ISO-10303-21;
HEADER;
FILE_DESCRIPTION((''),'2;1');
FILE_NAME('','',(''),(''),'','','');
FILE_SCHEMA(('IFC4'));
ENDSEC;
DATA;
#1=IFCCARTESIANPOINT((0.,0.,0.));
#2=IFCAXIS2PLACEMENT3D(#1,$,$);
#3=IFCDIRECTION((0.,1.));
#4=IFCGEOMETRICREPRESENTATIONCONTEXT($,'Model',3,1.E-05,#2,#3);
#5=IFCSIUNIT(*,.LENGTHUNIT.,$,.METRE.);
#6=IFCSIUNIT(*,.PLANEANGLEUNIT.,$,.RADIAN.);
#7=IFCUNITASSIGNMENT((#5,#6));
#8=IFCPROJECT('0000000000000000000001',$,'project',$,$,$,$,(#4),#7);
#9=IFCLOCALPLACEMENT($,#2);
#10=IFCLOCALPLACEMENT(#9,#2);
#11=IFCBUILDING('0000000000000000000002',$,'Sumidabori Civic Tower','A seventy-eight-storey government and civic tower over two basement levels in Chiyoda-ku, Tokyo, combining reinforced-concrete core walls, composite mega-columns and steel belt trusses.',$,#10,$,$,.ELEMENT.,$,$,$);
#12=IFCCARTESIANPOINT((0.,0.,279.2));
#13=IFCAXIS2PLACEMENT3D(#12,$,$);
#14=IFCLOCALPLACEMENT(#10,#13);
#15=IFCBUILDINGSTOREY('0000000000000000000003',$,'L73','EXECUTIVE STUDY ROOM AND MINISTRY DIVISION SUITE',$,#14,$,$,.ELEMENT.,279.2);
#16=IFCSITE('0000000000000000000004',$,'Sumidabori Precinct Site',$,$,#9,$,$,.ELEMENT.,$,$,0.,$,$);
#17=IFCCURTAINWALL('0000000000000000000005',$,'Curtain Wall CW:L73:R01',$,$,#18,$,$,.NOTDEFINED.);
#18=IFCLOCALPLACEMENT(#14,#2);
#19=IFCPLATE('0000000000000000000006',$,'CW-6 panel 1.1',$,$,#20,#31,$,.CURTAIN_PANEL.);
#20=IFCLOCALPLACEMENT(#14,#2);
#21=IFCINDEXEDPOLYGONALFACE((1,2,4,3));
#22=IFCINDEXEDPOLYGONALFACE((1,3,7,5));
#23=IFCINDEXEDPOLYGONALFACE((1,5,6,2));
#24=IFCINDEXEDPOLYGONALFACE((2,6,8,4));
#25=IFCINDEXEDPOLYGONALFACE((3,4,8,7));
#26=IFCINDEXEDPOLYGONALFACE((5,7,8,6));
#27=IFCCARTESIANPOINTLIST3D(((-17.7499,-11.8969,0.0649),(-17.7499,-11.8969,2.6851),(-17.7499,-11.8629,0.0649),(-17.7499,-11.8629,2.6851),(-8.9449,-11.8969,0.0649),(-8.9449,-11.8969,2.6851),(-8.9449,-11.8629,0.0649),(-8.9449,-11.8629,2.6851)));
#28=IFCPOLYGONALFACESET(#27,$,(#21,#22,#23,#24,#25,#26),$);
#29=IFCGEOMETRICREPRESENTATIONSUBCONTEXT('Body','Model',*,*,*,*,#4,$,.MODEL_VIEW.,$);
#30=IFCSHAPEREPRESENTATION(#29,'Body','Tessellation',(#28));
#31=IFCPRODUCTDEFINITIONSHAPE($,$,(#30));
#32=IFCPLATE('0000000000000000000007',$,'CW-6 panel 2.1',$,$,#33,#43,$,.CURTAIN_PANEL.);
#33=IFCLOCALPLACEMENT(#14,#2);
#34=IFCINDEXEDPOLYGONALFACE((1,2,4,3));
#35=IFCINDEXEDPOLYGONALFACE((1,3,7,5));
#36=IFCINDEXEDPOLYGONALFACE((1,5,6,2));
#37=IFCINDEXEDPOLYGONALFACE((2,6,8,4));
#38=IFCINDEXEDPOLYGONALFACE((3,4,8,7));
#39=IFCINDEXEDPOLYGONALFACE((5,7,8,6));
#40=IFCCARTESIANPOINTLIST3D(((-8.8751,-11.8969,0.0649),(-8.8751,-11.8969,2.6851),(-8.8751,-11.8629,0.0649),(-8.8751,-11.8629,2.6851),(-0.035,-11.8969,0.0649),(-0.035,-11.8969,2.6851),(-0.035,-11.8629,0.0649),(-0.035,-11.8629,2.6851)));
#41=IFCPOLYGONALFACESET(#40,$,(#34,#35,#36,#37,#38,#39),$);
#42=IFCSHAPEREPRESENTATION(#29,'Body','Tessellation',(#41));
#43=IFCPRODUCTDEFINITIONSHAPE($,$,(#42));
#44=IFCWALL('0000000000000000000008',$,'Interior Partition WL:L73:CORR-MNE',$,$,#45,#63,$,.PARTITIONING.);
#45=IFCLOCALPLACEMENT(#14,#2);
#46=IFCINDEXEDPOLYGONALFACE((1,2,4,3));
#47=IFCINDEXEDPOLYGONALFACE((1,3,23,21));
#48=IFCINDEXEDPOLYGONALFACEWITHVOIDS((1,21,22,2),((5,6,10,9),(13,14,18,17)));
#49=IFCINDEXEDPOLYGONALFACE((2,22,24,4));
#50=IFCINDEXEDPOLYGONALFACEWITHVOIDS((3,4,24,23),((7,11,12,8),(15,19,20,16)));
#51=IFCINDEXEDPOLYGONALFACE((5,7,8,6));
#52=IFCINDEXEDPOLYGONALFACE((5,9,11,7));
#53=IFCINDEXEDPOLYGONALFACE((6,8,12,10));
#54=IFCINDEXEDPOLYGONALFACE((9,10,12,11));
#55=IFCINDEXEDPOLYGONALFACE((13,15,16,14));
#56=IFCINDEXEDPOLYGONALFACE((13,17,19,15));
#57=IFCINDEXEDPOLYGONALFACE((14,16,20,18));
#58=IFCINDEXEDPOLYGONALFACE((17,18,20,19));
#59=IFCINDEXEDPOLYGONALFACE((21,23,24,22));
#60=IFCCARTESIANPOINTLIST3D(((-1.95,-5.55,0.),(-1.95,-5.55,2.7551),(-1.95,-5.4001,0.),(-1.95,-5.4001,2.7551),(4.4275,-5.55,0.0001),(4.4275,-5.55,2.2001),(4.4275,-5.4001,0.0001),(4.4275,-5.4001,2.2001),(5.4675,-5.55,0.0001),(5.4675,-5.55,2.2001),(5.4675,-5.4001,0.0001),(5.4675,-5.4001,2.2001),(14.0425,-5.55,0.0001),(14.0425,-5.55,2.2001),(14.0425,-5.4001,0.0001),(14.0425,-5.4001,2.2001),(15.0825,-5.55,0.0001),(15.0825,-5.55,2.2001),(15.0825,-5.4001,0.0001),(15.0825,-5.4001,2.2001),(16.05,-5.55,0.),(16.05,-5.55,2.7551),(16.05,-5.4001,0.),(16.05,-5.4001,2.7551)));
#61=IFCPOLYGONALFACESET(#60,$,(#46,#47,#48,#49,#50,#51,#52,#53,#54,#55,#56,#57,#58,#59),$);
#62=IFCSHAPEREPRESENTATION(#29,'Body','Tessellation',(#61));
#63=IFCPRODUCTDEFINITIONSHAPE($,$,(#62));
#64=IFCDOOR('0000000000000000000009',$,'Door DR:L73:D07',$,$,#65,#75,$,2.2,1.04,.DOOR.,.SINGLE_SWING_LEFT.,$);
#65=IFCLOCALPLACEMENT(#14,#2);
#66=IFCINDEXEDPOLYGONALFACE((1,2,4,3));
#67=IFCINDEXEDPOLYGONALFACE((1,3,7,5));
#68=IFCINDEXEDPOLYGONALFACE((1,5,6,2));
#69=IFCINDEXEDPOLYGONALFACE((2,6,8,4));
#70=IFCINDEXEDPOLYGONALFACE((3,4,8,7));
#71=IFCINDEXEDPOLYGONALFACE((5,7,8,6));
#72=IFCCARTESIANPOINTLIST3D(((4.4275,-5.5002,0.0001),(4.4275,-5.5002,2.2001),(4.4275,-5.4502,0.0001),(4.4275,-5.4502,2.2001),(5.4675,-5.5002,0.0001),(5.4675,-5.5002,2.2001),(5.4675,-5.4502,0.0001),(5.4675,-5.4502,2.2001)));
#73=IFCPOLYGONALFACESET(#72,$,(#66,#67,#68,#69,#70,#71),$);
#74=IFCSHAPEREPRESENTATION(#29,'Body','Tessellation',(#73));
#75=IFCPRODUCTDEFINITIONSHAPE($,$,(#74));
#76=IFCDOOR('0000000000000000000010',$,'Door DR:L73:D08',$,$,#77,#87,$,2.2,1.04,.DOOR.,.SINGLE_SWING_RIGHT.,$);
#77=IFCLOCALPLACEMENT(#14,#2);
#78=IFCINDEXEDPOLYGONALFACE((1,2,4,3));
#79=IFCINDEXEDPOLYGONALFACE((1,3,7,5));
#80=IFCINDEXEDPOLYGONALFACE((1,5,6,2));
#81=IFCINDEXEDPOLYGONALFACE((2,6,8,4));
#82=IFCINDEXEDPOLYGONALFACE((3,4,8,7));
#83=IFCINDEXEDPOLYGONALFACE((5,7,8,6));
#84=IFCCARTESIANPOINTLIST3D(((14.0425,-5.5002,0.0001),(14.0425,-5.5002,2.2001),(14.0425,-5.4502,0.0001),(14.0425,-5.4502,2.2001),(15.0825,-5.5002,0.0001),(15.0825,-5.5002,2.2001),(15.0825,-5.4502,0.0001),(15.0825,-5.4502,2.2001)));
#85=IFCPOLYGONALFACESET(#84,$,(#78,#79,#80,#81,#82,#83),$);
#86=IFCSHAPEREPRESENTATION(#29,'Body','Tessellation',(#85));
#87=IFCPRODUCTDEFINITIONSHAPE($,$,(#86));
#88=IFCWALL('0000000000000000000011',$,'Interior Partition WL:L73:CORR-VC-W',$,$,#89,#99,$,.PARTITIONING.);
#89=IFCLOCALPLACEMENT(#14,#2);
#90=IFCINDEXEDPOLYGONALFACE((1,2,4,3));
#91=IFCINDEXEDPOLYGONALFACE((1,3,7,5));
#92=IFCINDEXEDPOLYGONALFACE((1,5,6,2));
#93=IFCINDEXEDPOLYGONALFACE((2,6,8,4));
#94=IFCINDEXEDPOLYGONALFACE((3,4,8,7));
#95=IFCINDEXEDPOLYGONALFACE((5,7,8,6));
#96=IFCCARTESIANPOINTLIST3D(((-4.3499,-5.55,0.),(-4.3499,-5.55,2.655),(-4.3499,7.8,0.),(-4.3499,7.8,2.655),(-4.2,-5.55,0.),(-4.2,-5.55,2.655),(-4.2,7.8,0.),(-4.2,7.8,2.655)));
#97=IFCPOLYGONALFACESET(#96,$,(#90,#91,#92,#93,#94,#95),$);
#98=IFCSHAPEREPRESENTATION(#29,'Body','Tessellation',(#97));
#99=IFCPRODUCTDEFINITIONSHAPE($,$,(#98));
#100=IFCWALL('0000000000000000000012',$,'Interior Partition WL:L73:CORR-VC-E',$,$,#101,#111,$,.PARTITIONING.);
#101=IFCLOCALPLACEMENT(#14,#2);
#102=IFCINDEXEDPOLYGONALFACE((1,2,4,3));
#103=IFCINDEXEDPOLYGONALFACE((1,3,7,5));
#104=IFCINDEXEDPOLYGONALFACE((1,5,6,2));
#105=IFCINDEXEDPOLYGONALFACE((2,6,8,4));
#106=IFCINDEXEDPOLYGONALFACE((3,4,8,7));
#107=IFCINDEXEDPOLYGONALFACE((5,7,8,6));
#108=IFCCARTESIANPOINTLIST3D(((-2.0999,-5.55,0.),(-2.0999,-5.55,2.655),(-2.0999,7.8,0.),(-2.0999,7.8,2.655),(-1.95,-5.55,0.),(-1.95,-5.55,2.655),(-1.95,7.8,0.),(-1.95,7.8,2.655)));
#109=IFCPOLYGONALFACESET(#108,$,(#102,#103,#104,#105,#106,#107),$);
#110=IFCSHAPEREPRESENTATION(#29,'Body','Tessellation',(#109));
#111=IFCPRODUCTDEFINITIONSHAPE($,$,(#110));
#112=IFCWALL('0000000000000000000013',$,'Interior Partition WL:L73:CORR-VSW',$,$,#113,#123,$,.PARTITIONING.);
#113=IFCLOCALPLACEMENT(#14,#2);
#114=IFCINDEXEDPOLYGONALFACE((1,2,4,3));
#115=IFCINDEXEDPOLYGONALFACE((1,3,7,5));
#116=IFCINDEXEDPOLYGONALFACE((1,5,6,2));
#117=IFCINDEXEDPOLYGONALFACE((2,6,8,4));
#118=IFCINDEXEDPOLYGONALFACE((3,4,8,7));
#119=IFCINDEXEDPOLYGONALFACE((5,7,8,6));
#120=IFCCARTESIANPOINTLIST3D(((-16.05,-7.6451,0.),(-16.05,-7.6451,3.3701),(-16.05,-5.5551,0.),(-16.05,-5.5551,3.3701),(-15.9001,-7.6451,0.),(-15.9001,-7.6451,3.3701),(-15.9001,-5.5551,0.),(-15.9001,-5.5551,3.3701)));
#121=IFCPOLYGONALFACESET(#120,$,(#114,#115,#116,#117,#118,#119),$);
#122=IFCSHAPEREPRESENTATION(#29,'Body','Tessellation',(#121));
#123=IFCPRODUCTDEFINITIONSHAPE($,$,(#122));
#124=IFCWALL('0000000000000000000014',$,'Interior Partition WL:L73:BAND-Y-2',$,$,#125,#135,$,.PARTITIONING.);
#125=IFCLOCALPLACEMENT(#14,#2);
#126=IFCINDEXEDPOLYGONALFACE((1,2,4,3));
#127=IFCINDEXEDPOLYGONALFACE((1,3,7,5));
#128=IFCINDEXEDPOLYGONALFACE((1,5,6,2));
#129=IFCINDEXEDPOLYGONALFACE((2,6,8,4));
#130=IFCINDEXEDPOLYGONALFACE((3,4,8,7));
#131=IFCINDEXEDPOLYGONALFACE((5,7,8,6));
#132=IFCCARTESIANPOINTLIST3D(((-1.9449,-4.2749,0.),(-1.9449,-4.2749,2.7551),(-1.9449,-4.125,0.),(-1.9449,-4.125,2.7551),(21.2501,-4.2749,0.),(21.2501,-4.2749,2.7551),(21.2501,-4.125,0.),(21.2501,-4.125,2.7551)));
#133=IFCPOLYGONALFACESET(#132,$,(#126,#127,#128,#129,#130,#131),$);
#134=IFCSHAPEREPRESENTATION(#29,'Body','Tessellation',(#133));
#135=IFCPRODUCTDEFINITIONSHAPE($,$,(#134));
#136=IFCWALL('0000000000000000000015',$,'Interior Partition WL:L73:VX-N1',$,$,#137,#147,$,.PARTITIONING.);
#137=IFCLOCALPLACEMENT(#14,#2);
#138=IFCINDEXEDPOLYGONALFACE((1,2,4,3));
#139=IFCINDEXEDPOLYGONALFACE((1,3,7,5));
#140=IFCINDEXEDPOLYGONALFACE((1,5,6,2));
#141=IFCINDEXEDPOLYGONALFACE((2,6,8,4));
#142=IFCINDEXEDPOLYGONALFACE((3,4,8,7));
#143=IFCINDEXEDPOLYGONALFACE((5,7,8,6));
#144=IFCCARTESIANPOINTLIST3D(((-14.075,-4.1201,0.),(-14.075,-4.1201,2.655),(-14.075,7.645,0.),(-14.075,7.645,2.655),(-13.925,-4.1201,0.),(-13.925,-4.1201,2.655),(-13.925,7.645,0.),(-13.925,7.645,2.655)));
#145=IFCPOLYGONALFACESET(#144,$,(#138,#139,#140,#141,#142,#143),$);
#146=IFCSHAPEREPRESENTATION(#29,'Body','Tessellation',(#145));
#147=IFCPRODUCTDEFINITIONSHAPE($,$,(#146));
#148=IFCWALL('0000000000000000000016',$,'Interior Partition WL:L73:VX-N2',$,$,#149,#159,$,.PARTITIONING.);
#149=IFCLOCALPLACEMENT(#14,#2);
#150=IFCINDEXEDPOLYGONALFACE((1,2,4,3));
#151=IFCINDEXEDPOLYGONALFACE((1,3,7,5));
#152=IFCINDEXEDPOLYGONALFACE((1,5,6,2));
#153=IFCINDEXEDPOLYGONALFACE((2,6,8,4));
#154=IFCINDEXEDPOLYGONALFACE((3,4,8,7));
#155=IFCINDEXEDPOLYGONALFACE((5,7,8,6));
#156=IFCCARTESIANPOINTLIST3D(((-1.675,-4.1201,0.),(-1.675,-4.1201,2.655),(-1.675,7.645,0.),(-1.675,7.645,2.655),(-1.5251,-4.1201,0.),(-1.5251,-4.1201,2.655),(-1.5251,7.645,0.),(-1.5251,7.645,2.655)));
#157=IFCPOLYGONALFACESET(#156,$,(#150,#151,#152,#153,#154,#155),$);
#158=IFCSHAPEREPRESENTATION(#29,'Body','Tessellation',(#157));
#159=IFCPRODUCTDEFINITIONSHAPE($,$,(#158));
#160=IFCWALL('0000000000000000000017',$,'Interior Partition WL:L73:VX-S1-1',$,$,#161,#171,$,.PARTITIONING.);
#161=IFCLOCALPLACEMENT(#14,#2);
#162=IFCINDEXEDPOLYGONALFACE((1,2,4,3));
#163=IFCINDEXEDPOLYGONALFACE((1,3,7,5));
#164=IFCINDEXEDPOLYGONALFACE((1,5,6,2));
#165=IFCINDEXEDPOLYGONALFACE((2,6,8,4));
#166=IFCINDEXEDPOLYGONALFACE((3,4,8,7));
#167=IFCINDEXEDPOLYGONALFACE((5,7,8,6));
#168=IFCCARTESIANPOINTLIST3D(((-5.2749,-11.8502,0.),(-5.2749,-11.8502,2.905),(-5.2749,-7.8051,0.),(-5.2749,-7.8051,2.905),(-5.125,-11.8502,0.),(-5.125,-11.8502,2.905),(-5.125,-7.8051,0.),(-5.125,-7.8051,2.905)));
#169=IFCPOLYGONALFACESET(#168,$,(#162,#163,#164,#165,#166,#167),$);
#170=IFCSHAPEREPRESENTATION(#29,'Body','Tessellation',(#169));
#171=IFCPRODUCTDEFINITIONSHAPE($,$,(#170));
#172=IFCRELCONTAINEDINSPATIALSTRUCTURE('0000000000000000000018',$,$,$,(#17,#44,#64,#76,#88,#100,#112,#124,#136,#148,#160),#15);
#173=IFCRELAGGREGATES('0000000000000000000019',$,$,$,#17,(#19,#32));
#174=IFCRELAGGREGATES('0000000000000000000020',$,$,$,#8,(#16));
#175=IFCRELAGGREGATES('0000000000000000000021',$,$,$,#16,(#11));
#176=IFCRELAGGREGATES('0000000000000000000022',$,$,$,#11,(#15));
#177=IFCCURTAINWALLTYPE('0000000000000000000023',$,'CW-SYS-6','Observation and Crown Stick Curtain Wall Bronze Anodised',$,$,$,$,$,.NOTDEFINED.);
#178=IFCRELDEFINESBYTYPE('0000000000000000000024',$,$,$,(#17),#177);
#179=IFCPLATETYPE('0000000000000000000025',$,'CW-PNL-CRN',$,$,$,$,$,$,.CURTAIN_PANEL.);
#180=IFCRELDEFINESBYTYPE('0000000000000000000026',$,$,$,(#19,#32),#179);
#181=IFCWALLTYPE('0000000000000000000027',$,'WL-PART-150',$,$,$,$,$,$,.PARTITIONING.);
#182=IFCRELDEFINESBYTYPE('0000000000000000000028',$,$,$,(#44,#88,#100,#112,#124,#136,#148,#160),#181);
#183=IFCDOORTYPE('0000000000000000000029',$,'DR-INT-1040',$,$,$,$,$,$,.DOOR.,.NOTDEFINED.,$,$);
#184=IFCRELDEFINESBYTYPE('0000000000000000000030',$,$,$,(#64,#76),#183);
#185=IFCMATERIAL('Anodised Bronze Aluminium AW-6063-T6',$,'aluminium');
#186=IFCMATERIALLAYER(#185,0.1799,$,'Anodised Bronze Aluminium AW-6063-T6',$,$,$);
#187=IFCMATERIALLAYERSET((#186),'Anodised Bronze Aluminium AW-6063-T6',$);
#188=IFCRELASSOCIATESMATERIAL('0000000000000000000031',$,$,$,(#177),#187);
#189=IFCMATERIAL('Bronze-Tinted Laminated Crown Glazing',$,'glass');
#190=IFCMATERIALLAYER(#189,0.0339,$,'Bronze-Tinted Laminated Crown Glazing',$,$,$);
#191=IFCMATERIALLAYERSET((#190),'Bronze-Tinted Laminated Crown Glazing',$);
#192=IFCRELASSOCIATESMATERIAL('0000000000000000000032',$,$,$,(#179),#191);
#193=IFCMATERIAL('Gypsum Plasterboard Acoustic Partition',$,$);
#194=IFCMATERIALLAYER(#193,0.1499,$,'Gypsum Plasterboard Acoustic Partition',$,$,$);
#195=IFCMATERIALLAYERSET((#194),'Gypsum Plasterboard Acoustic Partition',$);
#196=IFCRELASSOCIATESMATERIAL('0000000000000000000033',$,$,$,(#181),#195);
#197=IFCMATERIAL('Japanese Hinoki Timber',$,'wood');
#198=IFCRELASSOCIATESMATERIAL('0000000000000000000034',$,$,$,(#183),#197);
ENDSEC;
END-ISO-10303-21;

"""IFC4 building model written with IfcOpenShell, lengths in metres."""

from ifc_helpers import new_model, si_unit, direction, frame, frame_2d, origin, origin_2d, place, context, subcontext, project, spatial, rectangle, extrude, source, transform, mapped, material, layer, layer_set, type_object, element, fill, aggregate, save


model = new_model("IFC4")

# Units and contexts
model_context = context("Model", 3, precision=1e-05, world=origin(), true_north=direction((0.0, 1.0)))
body_context = subcontext(model_context, "Body", "Model", "MODEL_VIEW")
ifc_project = project(units=[si_unit("LENGTHUNIT", "METRE"), si_unit("PLANEANGLEUNIT", "RADIAN")], contexts=[model_context])

# Site, building, storey
site_placement = place(None, origin())
site = spatial("IfcSite", under=ifc_project, at=site_placement, Name="Sumidabori Precinct Site", CompositionType="ELEMENT", RefElevation=0.0)
building_placement = place(site_placement, origin())
building = spatial("IfcBuilding", under=site, at=building_placement, Name="Sumidabori Civic Tower", Description="A seventy-eight-storey government and civic tower over two basement levels in Chiyoda-ku, Tokyo, combining reinforced-concrete core walls, composite mega-columns and steel belt trusses.", CompositionType="ELEMENT")
storey_placement = place(building_placement, frame((0.0, 0.0, 279.2)))
storey = spatial("IfcBuildingStorey", under=building, at=storey_placement, Name="L73", Description="EXECUTIVE STUDY ROOM AND MINISTRY DIVISION SUITE", CompositionType="ELEMENT", Elevation=279.2)

# Curtain wall
ifc_material_1 = material(Name="Anodised Bronze Aluminium AW-6063-T6", Category="aluminium")
ifc_layer_1 = layer(ifc_material_1, 0.1799, Name="Anodised Bronze Aluminium AW-6063-T6")
ifc_layer_set_1 = layer_set([ifc_layer_1], Name="Anodised Bronze Aluminium AW-6063-T6")
curtain_wall_type = type_object("IfcCurtainWallType", Name="CW-SYS-6", Description="Observation and Crown Stick Curtain Wall Bronze Anodised", PredefinedType="NOTDEFINED", material=ifc_layer_set_1)
curtain_wall_placement = place(storey_placement, origin())
curtain_wall = element("IfcCurtainWall", 1, at=curtain_wall_placement, inside=storey, type_object=curtain_wall_type, Name="Curtain Wall CW:L73:R01", PredefinedType="NOTDEFINED")

# Plates
ifc_material_2 = material(Name="Bronze-Tinted Laminated Crown Glazing", Category="glass")
ifc_layer_2 = layer(ifc_material_2, 0.0339, Name="Bronze-Tinted Laminated Crown Glazing")
ifc_layer_set_2 = layer_set([ifc_layer_2], Name="Bronze-Tinted Laminated Crown Glazing")
plate_type = type_object("IfcPlateType", Name="CW-PNL-CRN", PredefinedType="CURTAIN_PANEL", material=ifc_layer_set_2)
shared_shape_1 = source(origin(), body_context, "Body", "SweptSolid", [
    extrude(rectangle(XDim=8.8049, YDim=0.0339, at=origin_2d()), origin(), (0.0, 0.0, 1.0), 2.6201),
])
plate_1_placement = place(storey_placement, frame((-13.3474, -11.8799, 0.0649), z_axis=(0.0, 0.0, 1.0), x_axis=(1.0, 0.0, 0.0)))
plate_1 = element("IfcPlate", 2, at=plate_1_placement, type_object=plate_type, Name="CW-6 panel 1.1", PredefinedType="CURTAIN_PANEL", context=body_context, shape_type="MappedRepresentation", body=[
    mapped(shared_shape_1, transform((0.0, 0.0, 0.0), x_axis=(1.0, 0.0, 0.0), y_axis=(0.0, 1.0, 0.0), z_axis=(0.0, 0.0, 1.0), scale=1.0)),
])
shared_shape_2 = source(origin(), body_context, "Body", "SweptSolid", [
    extrude(rectangle(XDim=8.8401, YDim=0.0339, at=origin_2d()), origin(), (0.0, 0.0, 1.0), 2.6201),
])
plate_2_placement = place(storey_placement, frame((-4.4551, -11.8799, 0.0649), z_axis=(0.0, 0.0, 1.0), x_axis=(1.0, 0.0, 0.0)))
plate_2 = element("IfcPlate", 3, at=plate_2_placement, type_object=plate_type, Name="CW-6 panel 2.1", PredefinedType="CURTAIN_PANEL", context=body_context, shape_type="MappedRepresentation", body=[
    mapped(shared_shape_2, transform((0.0, 0.0, 0.0), x_axis=(1.0, 0.0, 0.0), y_axis=(0.0, 1.0, 0.0), z_axis=(0.0, 0.0, 1.0), scale=1.0)),
])
aggregate(curtain_wall, [plate_1, plate_2])

# Wall, openings, doors
ifc_material_3 = material(Name="Gypsum Plasterboard Acoustic Partition")
ifc_layer_3 = layer(ifc_material_3, 0.1499, Name="Gypsum Plasterboard Acoustic Partition")
ifc_layer_set_3 = layer_set([ifc_layer_3], Name="Gypsum Plasterboard Acoustic Partition")
wall_type = type_object("IfcWallType", Name="WL-PART-150", PredefinedType="PARTITIONING", material=ifc_layer_set_3)
shared_shape_3 = source(origin(), body_context, "Body", "SweptSolid", [
    extrude(rectangle(XDim=18.0, YDim=0.1499, at=frame_2d((9.0, 0.0))), origin(), (0.0, 0.0, 1.0), 2.7551),
])
wall_1_placement = place(storey_placement, frame((-1.95, -5.4751, 0.0), z_axis=(0.0, 0.0, 1.0), x_axis=(1.0, 0.0, 0.0)))
wall_1 = element("IfcWall", 4, at=wall_1_placement, inside=storey, type_object=wall_type, Name="Interior Partition WL:L73:CORR-MNE", PredefinedType="PARTITIONING", context=body_context, shape_type="MappedRepresentation", body=[
    mapped(shared_shape_3, transform((0.0, 0.0, 0.0), x_axis=(1.0, 0.0, 0.0), y_axis=(0.0, 1.0, 0.0), z_axis=(0.0, 0.0, 1.0), scale=1.0)),
])
opening_1_placement = place(wall_1_placement, frame((6.3774, 0.0, 0.0)))
opening_1 = element("IfcOpeningElement", 5, at=opening_1_placement, cuts=wall_1, PredefinedType="OPENING", context=body_context, shape_type="SweptSolid", body=[
    extrude(rectangle(XDim=1.04, YDim=2.2, at=frame_2d((0.52, 1.1001))), frame((0.0, 0.0869, 0.0), z_axis=(0.0, -1.0, 0.0), x_axis=(1.0, 0.0, 0.0)), (0.0, 0.0, 1.0), 0.1738),
])
opening_2_placement = place(wall_1_placement, frame((15.9924, 0.0, 0.0)))
opening_2 = element("IfcOpeningElement", 6, at=opening_2_placement, cuts=wall_1, PredefinedType="OPENING", context=body_context, shape_type="SweptSolid", body=[
    extrude(rectangle(XDim=1.04, YDim=2.2, at=frame_2d((0.52, 1.1001))), frame((0.0, 0.0869, 0.0), z_axis=(0.0, -1.0, 0.0), x_axis=(1.0, 0.0, 0.0)), (0.0, 0.0, 1.0), 0.1738),
])
ifc_material_4 = material(Name="Japanese Hinoki Timber", Category="wood")
door_type = type_object("IfcDoorType", Name="DR-INT-1040", OperationType="NOTDEFINED", PredefinedType="DOOR", material=ifc_material_4)
shared_shape_4 = source(origin(), body_context, "Body", "SweptSolid", [
    extrude(rectangle(XDim=1.04, YDim=2.2, at=frame_2d((0.52, 1.1001))), frame((0.0, 0.0249, 0.0), z_axis=(0.0, -1.0, 0.0), x_axis=(1.0, 0.0, 0.0)), (0.0, 0.0, 1.0), 0.05),
])
door_1_placement = place(opening_1_placement, origin())
door_1 = element("IfcDoor", 7, at=door_1_placement, inside=storey, type_object=door_type, Name="Door DR:L73:D07", OperationType="SINGLE_SWING_LEFT", OverallHeight=2.2, OverallWidth=1.04, PredefinedType="DOOR", context=body_context, shape_type="MappedRepresentation", body=[
    mapped(shared_shape_4, transform((0.0, 0.0, 0.0), x_axis=(1.0, 0.0, 0.0), y_axis=(0.0, 1.0, 0.0), z_axis=(0.0, 0.0, 1.0), scale=1.0)),
])
fill(opening_1, door_1)
door_2_placement = place(opening_2_placement, origin())
door_2 = element("IfcDoor", 8, at=door_2_placement, inside=storey, type_object=door_type, Name="Door DR:L73:D08", OperationType="SINGLE_SWING_RIGHT", OverallHeight=2.2, OverallWidth=1.04, PredefinedType="DOOR", context=body_context, shape_type="MappedRepresentation", body=[
    mapped(shared_shape_4, transform((0.0, 0.0, 0.0), x_axis=(1.0, 0.0, 0.0), y_axis=(0.0, 1.0, 0.0), z_axis=(0.0, 0.0, 1.0), scale=1.0)),
])
fill(opening_2, door_2)

# Walls
shared_shape_5 = source(origin(), body_context, "Body", "SweptSolid", [
    extrude(rectangle(XDim=13.3501, YDim=0.1499, at=frame_2d((6.675, 0.0))), origin(), (0.0, 0.0, 1.0), 2.655),
])
for number, where, z_axis, x_axis, name in (
    (9, (-4.2749, -5.55, 0.0), (0.0, 0.0, 1.0), (0.0, 1.0, 0.0), "Interior Partition WL:L73:CORR-VC-W"),
    (10, (-2.0249, -5.55, 0.0), (0.0, 0.0, 1.0), (0.0, 1.0, 0.0), "Interior Partition WL:L73:CORR-VC-E"),
):
    element("IfcWall", number, at=place(storey_placement, frame(where, z_axis=z_axis, x_axis=x_axis)), inside=storey, type_object=wall_type, Name=name, PredefinedType="PARTITIONING", context=body_context, shape_type="MappedRepresentation", body=[
        mapped(shared_shape_5, transform((0.0, 0.0, 0.0), x_axis=(1.0, 0.0, 0.0), y_axis=(0.0, 1.0, 0.0), z_axis=(0.0, 0.0, 1.0), scale=1.0)),
    ])
shared_shape_6 = source(origin(), body_context, "Body", "SweptSolid", [
    extrude(rectangle(XDim=2.0901, YDim=0.1499, at=frame_2d((1.0449, 0.0))), origin(), (0.0, 0.0, 1.0), 3.3701),
])
wall_2_placement = place(storey_placement, frame((-15.9751, -7.645, 0.0), z_axis=(0.0, 0.0, 1.0), x_axis=(0.0, 1.0, 0.0)))
element("IfcWall", 11, at=wall_2_placement, inside=storey, type_object=wall_type, Name="Interior Partition WL:L73:CORR-VSW", PredefinedType="PARTITIONING", context=body_context, shape_type="MappedRepresentation", body=[
    mapped(shared_shape_6, transform((0.0, 0.0, 0.0), x_axis=(1.0, 0.0, 0.0), y_axis=(0.0, 1.0, 0.0), z_axis=(0.0, 0.0, 1.0), scale=1.0)),
])
shared_shape_7 = source(origin(), body_context, "Body", "SweptSolid", [
    extrude(rectangle(XDim=23.1951, YDim=0.1499, at=frame_2d((11.5977, 0.0))), origin(), (0.0, 0.0, 1.0), 2.7551),
])
wall_3_placement = place(storey_placement, frame((-1.9451, -4.2, 0.0), z_axis=(0.0, 0.0, 1.0), x_axis=(1.0, 0.0, 0.0)))
element("IfcWall", 12, at=wall_3_placement, inside=storey, type_object=wall_type, Name="Interior Partition WL:L73:BAND-Y-2", PredefinedType="PARTITIONING", context=body_context, shape_type="MappedRepresentation", body=[
    mapped(shared_shape_7, transform((0.0, 0.0, 0.0), x_axis=(1.0, 0.0, 0.0), y_axis=(0.0, 1.0, 0.0), z_axis=(0.0, 0.0, 1.0), scale=1.0)),
])
shared_shape_8 = source(origin(), body_context, "Body", "SweptSolid", [
    extrude(rectangle(XDim=11.7651, YDim=0.1499, at=frame_2d((5.8826, 0.0))), origin(), (0.0, 0.0, 1.0), 2.655),
])
for number, where, z_axis, x_axis, name in (
    (13, (-14.0, -4.1201, 0.0), (0.0, 0.0, 1.0), (0.0, 1.0, 0.0), "Interior Partition WL:L73:VX-N1"),
    (14, (-1.6001, -4.1201, 0.0), (0.0, 0.0, 1.0), (0.0, 1.0, 0.0), "Interior Partition WL:L73:VX-N2"),
):
    element("IfcWall", number, at=place(storey_placement, frame(where, z_axis=z_axis, x_axis=x_axis)), inside=storey, type_object=wall_type, Name=name, PredefinedType="PARTITIONING", context=body_context, shape_type="MappedRepresentation", body=[
        mapped(shared_shape_8, transform((0.0, 0.0, 0.0), x_axis=(1.0, 0.0, 0.0), y_axis=(0.0, 1.0, 0.0), z_axis=(0.0, 0.0, 1.0), scale=1.0)),
    ])
shared_shape_9 = source(origin(), body_context, "Body", "SweptSolid", [
    extrude(rectangle(XDim=4.0452, YDim=0.1499, at=frame_2d((2.0225, 0.0))), origin(), (0.0, 0.0, 1.0), 2.905),
])
wall_4_placement = place(storey_placement, frame((-5.2, -11.8501, 0.0), z_axis=(0.0, 0.0, 1.0), x_axis=(0.0, 1.0, 0.0)))
element("IfcWall", 15, at=wall_4_placement, inside=storey, type_object=wall_type, Name="Interior Partition WL:L73:VX-S1-1", PredefinedType="PARTITIONING", context=body_context, shape_type="MappedRepresentation", body=[
    mapped(shared_shape_9, transform((0.0, 0.0, 0.0), x_axis=(1.0, 0.0, 0.0), y_axis=(0.0, 1.0, 0.0), z_axis=(0.0, 0.0, 1.0), scale=1.0)),
])

save(model, "model.ifc")
